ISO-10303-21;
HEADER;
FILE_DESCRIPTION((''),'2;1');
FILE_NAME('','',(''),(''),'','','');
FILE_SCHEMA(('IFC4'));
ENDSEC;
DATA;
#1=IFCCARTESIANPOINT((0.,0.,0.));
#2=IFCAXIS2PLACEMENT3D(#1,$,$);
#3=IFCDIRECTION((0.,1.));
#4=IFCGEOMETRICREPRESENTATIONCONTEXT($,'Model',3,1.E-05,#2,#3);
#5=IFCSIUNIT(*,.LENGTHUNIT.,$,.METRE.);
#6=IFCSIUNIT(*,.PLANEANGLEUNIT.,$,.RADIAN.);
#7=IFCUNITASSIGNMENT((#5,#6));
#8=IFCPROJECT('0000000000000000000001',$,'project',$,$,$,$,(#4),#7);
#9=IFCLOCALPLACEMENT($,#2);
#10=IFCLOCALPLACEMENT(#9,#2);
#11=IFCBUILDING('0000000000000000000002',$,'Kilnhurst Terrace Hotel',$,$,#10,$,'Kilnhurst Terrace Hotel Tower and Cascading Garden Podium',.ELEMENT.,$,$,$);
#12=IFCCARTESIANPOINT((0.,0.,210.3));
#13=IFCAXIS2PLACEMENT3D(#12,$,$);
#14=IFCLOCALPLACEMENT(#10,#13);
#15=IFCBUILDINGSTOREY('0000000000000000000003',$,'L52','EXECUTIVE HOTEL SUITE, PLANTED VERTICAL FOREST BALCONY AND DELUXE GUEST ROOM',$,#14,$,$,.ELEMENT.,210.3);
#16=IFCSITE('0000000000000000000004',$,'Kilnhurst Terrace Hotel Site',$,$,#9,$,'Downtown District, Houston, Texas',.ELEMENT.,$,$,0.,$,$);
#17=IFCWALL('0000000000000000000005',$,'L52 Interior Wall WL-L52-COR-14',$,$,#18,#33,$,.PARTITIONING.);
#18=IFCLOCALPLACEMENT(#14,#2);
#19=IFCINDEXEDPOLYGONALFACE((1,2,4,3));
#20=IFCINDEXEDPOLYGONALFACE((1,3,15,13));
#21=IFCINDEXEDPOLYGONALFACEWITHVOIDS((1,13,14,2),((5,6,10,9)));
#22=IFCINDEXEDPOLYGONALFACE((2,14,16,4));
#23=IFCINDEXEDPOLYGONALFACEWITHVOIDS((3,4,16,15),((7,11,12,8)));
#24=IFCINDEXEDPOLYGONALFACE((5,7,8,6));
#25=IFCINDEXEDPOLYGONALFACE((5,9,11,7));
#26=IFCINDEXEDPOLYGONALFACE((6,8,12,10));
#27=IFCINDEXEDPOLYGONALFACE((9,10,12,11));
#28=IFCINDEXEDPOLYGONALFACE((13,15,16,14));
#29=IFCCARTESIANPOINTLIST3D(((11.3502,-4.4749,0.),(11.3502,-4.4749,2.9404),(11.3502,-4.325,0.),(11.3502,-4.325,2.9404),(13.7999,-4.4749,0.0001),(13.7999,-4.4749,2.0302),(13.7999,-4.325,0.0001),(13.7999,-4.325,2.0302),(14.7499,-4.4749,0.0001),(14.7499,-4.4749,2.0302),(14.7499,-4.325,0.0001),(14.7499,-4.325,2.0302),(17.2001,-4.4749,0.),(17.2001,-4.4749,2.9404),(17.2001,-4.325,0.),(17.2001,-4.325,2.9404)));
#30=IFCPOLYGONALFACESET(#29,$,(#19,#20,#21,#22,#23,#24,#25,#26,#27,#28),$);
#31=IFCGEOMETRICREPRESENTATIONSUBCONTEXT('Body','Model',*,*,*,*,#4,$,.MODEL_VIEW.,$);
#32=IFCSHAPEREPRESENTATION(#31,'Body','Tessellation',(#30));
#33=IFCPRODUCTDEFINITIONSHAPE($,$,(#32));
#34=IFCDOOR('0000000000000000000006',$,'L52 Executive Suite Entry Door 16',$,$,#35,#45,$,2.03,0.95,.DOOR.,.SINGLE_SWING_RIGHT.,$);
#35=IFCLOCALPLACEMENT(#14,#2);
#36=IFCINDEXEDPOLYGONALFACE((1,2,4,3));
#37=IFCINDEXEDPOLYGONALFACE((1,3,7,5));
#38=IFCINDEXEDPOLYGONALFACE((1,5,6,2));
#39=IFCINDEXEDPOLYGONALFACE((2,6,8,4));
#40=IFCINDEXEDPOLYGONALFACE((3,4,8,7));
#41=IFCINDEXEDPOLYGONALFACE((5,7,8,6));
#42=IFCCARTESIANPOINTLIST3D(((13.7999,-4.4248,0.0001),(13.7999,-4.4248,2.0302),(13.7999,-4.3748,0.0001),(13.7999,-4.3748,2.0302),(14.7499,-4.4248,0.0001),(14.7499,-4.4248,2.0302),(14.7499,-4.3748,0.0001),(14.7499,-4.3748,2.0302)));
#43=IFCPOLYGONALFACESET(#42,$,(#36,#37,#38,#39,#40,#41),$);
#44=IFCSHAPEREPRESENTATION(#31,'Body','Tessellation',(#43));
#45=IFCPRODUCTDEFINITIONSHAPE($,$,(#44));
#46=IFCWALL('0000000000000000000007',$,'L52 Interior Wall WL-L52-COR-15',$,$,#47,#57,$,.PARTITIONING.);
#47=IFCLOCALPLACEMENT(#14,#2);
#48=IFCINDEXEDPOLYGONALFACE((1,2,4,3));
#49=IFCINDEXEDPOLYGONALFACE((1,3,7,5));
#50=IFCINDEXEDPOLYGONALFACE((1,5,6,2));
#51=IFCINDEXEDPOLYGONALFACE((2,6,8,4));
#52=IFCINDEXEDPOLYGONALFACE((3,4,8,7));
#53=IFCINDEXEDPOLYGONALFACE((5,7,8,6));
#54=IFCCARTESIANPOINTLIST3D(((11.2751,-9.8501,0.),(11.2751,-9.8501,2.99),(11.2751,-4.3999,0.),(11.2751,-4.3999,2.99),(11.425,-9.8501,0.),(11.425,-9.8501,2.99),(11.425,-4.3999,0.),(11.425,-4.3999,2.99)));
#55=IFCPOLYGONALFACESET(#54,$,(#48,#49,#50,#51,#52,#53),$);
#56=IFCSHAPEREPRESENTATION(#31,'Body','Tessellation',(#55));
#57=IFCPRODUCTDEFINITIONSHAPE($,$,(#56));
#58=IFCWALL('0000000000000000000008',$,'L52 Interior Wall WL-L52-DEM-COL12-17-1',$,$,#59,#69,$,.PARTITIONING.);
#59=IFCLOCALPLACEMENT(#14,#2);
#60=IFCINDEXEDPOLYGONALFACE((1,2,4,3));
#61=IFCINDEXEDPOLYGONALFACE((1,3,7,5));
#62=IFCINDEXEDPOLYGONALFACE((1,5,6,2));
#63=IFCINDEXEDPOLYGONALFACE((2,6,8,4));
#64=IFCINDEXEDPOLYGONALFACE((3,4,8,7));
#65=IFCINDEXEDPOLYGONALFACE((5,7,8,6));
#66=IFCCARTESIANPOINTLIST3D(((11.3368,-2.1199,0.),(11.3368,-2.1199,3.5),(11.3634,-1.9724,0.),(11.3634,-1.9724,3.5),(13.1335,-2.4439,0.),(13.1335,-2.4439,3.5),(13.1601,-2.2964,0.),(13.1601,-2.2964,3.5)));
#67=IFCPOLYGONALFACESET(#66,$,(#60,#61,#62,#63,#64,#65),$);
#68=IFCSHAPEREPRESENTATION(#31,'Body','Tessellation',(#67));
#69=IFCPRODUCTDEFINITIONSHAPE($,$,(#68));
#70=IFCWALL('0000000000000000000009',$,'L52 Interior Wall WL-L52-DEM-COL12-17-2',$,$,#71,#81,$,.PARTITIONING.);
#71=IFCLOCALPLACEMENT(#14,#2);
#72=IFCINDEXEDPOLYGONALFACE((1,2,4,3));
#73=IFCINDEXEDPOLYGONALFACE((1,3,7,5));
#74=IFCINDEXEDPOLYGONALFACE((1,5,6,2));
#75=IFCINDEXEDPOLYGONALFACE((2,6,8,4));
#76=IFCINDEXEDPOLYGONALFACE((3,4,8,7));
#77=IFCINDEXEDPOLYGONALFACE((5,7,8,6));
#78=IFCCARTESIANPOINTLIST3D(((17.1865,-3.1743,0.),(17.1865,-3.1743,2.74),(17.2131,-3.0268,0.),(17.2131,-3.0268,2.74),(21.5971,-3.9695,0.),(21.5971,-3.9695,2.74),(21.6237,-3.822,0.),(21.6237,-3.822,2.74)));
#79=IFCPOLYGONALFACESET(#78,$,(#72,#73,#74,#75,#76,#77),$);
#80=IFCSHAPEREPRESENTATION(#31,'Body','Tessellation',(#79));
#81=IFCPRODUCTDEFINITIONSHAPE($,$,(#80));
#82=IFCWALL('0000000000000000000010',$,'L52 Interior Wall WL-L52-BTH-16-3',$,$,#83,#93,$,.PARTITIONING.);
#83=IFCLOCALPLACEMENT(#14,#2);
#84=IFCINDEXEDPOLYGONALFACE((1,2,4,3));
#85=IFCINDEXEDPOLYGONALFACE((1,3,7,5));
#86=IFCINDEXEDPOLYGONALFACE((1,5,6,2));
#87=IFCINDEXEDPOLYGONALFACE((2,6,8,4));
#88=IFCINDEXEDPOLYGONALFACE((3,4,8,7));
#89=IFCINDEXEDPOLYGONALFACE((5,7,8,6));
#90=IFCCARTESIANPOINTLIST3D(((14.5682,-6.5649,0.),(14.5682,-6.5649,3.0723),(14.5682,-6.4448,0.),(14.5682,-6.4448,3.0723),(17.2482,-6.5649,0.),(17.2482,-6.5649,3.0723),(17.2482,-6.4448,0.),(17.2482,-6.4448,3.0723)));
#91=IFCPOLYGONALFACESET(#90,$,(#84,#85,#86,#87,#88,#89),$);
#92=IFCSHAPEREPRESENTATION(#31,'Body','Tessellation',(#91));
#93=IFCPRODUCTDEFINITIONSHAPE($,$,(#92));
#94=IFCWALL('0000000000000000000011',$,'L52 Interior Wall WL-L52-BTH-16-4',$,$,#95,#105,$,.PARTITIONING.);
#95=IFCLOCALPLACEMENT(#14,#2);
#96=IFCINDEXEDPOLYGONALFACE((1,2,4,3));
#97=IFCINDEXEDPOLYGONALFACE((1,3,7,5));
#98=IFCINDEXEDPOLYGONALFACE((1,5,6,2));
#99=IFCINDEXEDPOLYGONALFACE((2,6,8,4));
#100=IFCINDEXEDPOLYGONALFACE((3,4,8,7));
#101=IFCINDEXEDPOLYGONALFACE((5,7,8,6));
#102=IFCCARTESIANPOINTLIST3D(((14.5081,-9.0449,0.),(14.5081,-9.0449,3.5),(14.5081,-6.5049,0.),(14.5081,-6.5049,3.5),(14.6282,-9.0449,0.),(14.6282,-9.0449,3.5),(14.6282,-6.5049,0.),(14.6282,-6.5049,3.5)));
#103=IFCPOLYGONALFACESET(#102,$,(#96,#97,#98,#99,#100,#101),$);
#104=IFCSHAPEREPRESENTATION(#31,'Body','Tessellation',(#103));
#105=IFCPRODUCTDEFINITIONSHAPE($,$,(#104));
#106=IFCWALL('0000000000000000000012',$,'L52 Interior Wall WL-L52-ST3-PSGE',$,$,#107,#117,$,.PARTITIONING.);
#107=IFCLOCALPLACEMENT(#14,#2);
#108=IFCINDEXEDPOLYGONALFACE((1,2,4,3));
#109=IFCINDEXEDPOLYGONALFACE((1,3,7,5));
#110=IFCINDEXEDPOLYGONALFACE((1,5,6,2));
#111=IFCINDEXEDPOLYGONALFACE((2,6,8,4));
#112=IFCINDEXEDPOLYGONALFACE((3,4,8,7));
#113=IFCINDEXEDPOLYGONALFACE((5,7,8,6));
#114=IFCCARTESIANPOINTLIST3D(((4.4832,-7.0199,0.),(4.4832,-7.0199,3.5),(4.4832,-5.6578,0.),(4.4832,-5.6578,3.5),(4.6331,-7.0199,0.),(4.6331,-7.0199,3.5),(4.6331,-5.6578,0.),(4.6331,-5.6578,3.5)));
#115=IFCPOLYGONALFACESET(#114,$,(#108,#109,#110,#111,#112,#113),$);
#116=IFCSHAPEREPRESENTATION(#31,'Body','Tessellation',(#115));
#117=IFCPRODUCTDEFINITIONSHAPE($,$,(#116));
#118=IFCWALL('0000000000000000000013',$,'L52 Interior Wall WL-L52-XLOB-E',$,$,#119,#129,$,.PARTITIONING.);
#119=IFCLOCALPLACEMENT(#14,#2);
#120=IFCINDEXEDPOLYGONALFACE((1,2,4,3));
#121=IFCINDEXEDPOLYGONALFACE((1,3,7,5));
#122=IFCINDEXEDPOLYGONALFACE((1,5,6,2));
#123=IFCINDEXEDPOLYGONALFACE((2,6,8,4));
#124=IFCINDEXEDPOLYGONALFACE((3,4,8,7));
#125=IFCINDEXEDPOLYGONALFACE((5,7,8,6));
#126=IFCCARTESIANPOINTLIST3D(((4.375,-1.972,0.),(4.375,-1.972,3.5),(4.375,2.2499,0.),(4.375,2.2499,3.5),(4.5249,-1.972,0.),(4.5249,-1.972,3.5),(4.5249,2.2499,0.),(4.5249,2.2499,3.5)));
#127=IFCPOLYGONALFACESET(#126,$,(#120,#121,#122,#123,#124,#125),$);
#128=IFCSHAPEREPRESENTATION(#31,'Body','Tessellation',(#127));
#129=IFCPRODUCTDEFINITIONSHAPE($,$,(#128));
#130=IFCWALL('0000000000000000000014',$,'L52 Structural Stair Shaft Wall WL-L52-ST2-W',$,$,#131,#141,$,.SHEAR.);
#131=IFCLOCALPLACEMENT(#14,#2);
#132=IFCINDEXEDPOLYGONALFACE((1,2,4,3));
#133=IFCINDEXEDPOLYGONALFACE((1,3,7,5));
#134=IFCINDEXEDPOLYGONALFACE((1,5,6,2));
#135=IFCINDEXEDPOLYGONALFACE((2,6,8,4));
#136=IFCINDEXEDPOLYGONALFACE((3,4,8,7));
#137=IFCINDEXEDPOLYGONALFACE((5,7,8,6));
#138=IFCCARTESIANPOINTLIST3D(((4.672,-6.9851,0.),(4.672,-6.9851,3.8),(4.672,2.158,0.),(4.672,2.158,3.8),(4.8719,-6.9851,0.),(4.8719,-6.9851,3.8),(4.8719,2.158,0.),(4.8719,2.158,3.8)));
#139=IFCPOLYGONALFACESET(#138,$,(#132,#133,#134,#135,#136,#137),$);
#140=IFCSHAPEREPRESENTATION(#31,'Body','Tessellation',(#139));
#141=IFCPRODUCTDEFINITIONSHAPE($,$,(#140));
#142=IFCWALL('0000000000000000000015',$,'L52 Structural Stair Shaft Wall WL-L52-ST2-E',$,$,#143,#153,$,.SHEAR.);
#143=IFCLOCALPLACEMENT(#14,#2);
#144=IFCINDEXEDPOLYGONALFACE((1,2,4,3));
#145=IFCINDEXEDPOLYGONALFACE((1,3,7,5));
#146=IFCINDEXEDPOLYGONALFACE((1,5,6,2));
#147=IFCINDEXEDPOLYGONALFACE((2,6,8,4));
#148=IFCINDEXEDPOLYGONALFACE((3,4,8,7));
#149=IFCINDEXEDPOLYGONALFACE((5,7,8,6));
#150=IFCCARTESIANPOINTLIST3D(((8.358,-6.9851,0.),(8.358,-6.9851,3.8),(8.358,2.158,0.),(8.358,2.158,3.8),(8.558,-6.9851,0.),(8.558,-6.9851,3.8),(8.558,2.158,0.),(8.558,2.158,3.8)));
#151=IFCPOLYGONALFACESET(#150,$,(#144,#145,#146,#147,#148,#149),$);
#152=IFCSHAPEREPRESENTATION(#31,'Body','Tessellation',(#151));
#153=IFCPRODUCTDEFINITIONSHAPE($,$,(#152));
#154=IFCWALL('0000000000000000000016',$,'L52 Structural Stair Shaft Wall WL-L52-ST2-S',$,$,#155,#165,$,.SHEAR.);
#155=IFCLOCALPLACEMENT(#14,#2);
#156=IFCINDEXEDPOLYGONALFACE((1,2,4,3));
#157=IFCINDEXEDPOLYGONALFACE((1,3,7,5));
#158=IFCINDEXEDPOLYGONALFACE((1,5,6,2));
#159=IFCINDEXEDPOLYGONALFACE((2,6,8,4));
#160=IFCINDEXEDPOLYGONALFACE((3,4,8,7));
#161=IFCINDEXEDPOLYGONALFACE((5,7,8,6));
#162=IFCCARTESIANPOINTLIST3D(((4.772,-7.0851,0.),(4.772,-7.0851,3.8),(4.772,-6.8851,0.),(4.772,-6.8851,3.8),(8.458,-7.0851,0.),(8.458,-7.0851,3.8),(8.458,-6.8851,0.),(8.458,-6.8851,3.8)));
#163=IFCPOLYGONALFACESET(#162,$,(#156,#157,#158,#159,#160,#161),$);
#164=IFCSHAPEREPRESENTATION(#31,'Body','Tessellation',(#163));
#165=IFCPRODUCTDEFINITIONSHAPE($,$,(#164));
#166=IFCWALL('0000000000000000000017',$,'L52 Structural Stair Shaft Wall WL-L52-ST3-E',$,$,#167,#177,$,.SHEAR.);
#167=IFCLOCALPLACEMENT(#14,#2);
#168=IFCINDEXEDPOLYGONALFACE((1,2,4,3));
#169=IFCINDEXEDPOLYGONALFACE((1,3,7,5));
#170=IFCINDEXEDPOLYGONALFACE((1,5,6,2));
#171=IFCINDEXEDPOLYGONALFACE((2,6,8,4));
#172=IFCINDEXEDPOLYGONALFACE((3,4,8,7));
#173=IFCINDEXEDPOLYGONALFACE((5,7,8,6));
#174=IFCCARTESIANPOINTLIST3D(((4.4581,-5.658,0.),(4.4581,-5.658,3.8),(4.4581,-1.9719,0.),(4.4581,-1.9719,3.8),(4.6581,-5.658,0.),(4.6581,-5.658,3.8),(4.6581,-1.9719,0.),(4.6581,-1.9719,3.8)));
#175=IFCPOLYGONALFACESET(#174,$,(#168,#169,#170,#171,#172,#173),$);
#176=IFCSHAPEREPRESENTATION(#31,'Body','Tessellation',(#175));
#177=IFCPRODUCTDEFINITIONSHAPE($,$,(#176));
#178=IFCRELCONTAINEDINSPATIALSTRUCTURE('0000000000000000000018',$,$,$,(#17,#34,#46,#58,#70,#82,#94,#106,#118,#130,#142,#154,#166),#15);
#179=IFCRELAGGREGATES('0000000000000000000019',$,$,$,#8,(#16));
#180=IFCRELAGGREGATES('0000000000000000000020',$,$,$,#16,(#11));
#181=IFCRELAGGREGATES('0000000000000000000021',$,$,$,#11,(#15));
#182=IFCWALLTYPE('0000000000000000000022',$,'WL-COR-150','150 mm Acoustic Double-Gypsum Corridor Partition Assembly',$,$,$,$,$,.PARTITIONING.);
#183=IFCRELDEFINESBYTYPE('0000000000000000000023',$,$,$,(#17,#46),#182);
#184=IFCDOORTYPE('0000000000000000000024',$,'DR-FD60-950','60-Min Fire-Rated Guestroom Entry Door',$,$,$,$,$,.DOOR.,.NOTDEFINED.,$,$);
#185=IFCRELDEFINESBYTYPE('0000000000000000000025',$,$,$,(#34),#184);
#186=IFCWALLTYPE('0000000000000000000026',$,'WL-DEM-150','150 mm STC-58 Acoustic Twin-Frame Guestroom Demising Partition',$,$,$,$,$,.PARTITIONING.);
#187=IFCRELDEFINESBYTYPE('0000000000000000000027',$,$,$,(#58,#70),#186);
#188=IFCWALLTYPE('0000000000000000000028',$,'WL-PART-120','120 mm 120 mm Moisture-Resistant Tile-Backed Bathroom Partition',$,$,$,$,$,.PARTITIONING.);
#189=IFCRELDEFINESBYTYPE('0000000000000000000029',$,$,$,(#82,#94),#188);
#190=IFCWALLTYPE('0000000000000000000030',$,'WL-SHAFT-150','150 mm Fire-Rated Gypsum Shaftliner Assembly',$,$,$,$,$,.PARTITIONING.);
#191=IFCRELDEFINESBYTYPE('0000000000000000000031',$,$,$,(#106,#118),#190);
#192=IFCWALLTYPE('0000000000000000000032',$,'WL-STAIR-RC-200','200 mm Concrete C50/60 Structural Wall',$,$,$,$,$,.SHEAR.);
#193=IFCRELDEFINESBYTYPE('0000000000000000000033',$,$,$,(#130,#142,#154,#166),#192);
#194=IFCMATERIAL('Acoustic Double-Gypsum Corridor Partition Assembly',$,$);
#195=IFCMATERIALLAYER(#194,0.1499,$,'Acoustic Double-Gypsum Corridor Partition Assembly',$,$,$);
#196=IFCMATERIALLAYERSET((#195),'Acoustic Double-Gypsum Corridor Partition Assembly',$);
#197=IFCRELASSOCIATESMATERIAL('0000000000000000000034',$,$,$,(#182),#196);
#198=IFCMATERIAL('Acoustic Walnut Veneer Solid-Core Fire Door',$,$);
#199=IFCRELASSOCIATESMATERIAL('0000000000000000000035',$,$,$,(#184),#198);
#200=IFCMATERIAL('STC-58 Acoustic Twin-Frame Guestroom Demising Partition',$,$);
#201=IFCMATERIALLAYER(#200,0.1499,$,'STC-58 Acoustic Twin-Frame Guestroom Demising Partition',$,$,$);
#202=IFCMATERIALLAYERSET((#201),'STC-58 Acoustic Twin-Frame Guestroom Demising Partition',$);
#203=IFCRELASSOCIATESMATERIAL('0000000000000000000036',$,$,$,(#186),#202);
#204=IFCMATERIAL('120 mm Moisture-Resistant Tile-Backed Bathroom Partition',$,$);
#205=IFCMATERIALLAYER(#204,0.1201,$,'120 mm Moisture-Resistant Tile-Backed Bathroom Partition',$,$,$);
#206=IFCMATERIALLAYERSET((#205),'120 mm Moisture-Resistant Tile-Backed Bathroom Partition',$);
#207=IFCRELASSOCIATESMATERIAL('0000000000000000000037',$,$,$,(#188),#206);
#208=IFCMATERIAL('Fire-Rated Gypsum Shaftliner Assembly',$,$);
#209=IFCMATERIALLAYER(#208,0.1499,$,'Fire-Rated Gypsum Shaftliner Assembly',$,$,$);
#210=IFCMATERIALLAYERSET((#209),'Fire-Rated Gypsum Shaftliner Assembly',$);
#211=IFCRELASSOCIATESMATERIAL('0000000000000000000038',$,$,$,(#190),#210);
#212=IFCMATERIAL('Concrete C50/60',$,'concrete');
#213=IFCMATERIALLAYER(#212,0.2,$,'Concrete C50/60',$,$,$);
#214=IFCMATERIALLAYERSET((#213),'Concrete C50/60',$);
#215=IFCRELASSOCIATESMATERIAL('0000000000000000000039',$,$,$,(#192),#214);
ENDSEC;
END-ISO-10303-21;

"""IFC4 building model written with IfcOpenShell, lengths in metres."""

from ifc_helpers import new_model, si_unit, direction, frame, frame_2d, origin, place, context, subcontext, project, spatial, rectangle, extrude, material, layer, layer_set, type_object, element, fill, save


model = new_model("IFC4")

# Units and contexts
model_context = context("Model", 3, precision=1e-05, world=origin(), true_north=direction((0.0, 1.0)))
body_context = subcontext(model_context, "Body", "Model", "MODEL_VIEW")
ifc_project = project(units=[si_unit("LENGTHUNIT", "METRE"), si_unit("PLANEANGLEUNIT", "RADIAN")], contexts=[model_context])

# Site, building, storey
site_placement = place(None, origin())
site = spatial("IfcSite", under=ifc_project, at=site_placement, Name="Kilnhurst Terrace Hotel Site", LongName="Downtown District, Houston, Texas", CompositionType="ELEMENT", RefElevation=0.0)
building_placement = place(site_placement, origin())
building = spatial("IfcBuilding", under=site, at=building_placement, Name="Kilnhurst Terrace Hotel", LongName="Kilnhurst Terrace Hotel Tower and Cascading Garden Podium", CompositionType="ELEMENT")
storey_placement = place(building_placement, frame((0.0, 0.0, 210.3)))
storey = spatial("IfcBuildingStorey", under=building, at=storey_placement, Name="L52", Description="EXECUTIVE HOTEL SUITE, PLANTED VERTICAL FOREST BALCONY AND DELUXE GUEST ROOM", CompositionType="ELEMENT", Elevation=210.3)

# Shared definitions
ifc_material_1 = material(Name="Concrete C50/60", Category="concrete")

# Shared definitions
ifc_material_2 = material(Name="Acoustic Double-Gypsum Corridor Partition Assembly")
ifc_layer_1 = layer(ifc_material_2, 0.1499, Name="Acoustic Double-Gypsum Corridor Partition Assembly")
ifc_layer_set_1 = layer_set([ifc_layer_1], Name="Acoustic Double-Gypsum Corridor Partition Assembly")
wall_type_1 = type_object("IfcWallType", Name="WL-COR-150", Description="150 mm Acoustic Double-Gypsum Corridor Partition Assembly", PredefinedType="PARTITIONING", material=ifc_layer_set_1)

# Wall, opening, door
wall_1_placement = place(storey_placement, frame((17.2, -4.3999, 0.0), z_axis=(0.0, 0.0, 1.0), x_axis=(-1.0, 0.0, 0.0)))
wall_1 = element("IfcWall", 1, at=wall_1_placement, inside=storey, type_object=wall_type_1, Name="L52 Interior Wall WL-L52-COR-14", PredefinedType="PARTITIONING", context=body_context, shape_type="SweptSolid", body=[
    extrude(rectangle(XDim=5.8499, YDim=0.1499, at=frame_2d((2.9248, 0.0))), origin(), (0.0, 0.0, 1.0), 2.9404),
])
opening_1_placement = place(wall_1_placement, frame((2.45, 0.0, 0.0)))
opening_1 = element("IfcOpeningElement", 2, at=opening_1_placement, cuts=wall_1, PredefinedType="OPENING", context=body_context, shape_type="SweptSolid", body=[
    extrude(rectangle(XDim=0.95, YDim=2.03, at=frame_2d((0.4751, 1.0151))), frame((0.0, 0.085, 0.0), z_axis=(0.0, -1.0, 0.0), x_axis=(1.0, 0.0, 0.0)), (0.0, 0.0, 1.0), 0.1699),
])
ifc_material_3 = material(Name="Acoustic Walnut Veneer Solid-Core Fire Door")
door_type_1 = type_object("IfcDoorType", Name="DR-FD60-950", Description="60-Min Fire-Rated Guestroom Entry Door", OperationType="NOTDEFINED", PredefinedType="DOOR", material=ifc_material_3)
door_1_placement = place(opening_1_placement, origin())
door_1 = element("IfcDoor", 3, at=door_1_placement, inside=storey, type_object=door_type_1, Name="L52 Executive Suite Entry Door 16", OperationType="SINGLE_SWING_RIGHT", OverallHeight=2.03, OverallWidth=0.95, PredefinedType="DOOR", context=body_context, shape_type="SweptSolid", body=[
    extrude(rectangle(XDim=0.95, YDim=2.03, at=frame_2d((0.4751, 1.0151))), frame((0.0, 0.0249, 0.0), z_axis=(0.0, -1.0, 0.0), x_axis=(1.0, 0.0, 0.0)), (0.0, 0.0, 1.0), 0.05),
])
fill(opening_1, door_1)

# Wall
wall_2_placement = place(storey_placement, frame((11.3501, -4.3999, 0.0), z_axis=(0.0, 0.0, 1.0), x_axis=(0.0, -1.0, 0.0)))
element("IfcWall", 4, at=wall_2_placement, inside=storey, type_object=wall_type_1, Name="L52 Interior Wall WL-L52-COR-15", PredefinedType="PARTITIONING", context=body_context, shape_type="SweptSolid", body=[
    extrude(rectangle(XDim=5.4502, YDim=0.1499, at=frame_2d((2.7251, 0.0))), origin(), (0.0, 0.0, 1.0), 2.99),
])

# Walls
ifc_material_4 = material(Name="STC-58 Acoustic Twin-Frame Guestroom Demising Partition")
ifc_layer_2 = layer(ifc_material_4, 0.1499, Name="STC-58 Acoustic Twin-Frame Guestroom Demising Partition")
ifc_layer_set_2 = layer_set([ifc_layer_2], Name="STC-58 Acoustic Twin-Frame Guestroom Demising Partition")
wall_type_2 = type_object("IfcWallType", Name="WL-DEM-150", Description="150 mm STC-58 Acoustic Twin-Frame Guestroom Demising Partition", PredefinedType="PARTITIONING", material=ifc_layer_set_2)
wall_3_placement = place(storey_placement, frame((11.3501, -2.0461, 0.0), z_axis=(0.0, 0.0, 1.0), x_axis=(0.984128, -0.177461, 0.0)))
element("IfcWall", 5, at=wall_3_placement, inside=storey, type_object=wall_type_2, Name="L52 Interior Wall WL-L52-DEM-COL12-17-1", PredefinedType="PARTITIONING", context=body_context, shape_type="SweptSolid", body=[
    extrude(rectangle(XDim=1.8257, YDim=0.1499, at=frame_2d((0.9128, 0.0))), origin(), (0.0, 0.0, 1.0), 3.5),
])
wall_4_placement = place(storey_placement, frame((17.2, -3.1006, 0.0), z_axis=(0.0, 0.0, 1.0), x_axis=(0.984135, -0.177423, 0.0)))
element("IfcWall", 6, at=wall_4_placement, inside=storey, type_object=wall_type_2, Name="L52 Interior Wall WL-L52-DEM-COL12-17-2", PredefinedType="PARTITIONING", context=body_context, shape_type="SweptSolid", body=[
    extrude(rectangle(XDim=4.4817, YDim=0.1499, at=frame_2d((2.2407, 0.0))), origin(), (0.0, 0.0, 1.0), 2.74),
])
ifc_material_5 = material(Name="120 mm Moisture-Resistant Tile-Backed Bathroom Partition")
ifc_layer_3 = layer(ifc_material_5, 0.1201, Name="120 mm Moisture-Resistant Tile-Backed Bathroom Partition")
ifc_layer_set_3 = layer_set([ifc_layer_3], Name="120 mm Moisture-Resistant Tile-Backed Bathroom Partition")
wall_type_3 = type_object("IfcWallType", Name="WL-PART-120", Description="120 mm 120 mm Moisture-Resistant Tile-Backed Bathroom Partition", PredefinedType="PARTITIONING", material=ifc_layer_set_3)
wall_5_placement = place(storey_placement, frame((17.248, -6.5049, 0.0), z_axis=(0.0, 0.0, 1.0), x_axis=(-1.0, 0.0, 0.0)))
element("IfcWall", 7, at=wall_5_placement, inside=storey, type_object=wall_type_3, Name="L52 Interior Wall WL-L52-BTH-16-3", PredefinedType="PARTITIONING", context=body_context, shape_type="SweptSolid", body=[
    extrude(rectangle(XDim=2.6799, YDim=0.1201, at=frame_2d((1.3398, 0.0))), origin(), (0.0, 0.0, 1.0), 3.0723),
])
wall_6_placement = place(storey_placement, frame((14.5681, -6.5049, 0.0), z_axis=(0.0, 0.0, 1.0), x_axis=(0.0, -1.0, 0.0)))
element("IfcWall", 8, at=wall_6_placement, inside=storey, type_object=wall_type_3, Name="L52 Interior Wall WL-L52-BTH-16-4", PredefinedType="PARTITIONING", context=body_context, shape_type="SweptSolid", body=[
    extrude(rectangle(XDim=2.54, YDim=0.1201, at=frame_2d((1.27, 0.0))), origin(), (0.0, 0.0, 1.0), 3.5),
])
ifc_material_6 = material(Name="Fire-Rated Gypsum Shaftliner Assembly")
ifc_layer_4 = layer(ifc_material_6, 0.1499, Name="Fire-Rated Gypsum Shaftliner Assembly")
ifc_layer_set_4 = layer_set([ifc_layer_4], Name="Fire-Rated Gypsum Shaftliner Assembly")
wall_type_4 = type_object("IfcWallType", Name="WL-SHAFT-150", Description="150 mm Fire-Rated Gypsum Shaftliner Assembly", PredefinedType="PARTITIONING", material=ifc_layer_set_4)
wall_7_placement = place(storey_placement, frame((4.5581, -7.02, 0.0), z_axis=(0.0, 0.0, 1.0), x_axis=(0.0, 1.0, 0.0)))
element("IfcWall", 9, at=wall_7_placement, inside=storey, type_object=wall_type_4, Name="L52 Interior Wall WL-L52-ST3-PSGE", PredefinedType="PARTITIONING", context=body_context, shape_type="SweptSolid", body=[
    extrude(rectangle(XDim=1.3621, YDim=0.1499, at=frame_2d((0.6812, 0.0))), origin(), (0.0, 0.0, 1.0), 3.5),
])
wall_8_placement = place(storey_placement, frame((4.45, -1.9719, 0.0), z_axis=(0.0, 0.0, 1.0), x_axis=(0.0, 1.0, 0.0)))
element("IfcWall", 10, at=wall_8_placement, inside=storey, type_object=wall_type_4, Name="L52 Interior Wall WL-L52-XLOB-E", PredefinedType="PARTITIONING", context=body_context, shape_type="SweptSolid", body=[
    extrude(rectangle(XDim=4.2219, YDim=0.1499, at=frame_2d((2.1108, 0.0))), origin(), (0.0, 0.0, 1.0), 3.5),
])
ifc_layer_5 = layer(ifc_material_1, 0.2, Name="Concrete C50/60")
ifc_layer_set_5 = layer_set([ifc_layer_5], Name="Concrete C50/60")
wall_type_5 = type_object("IfcWallType", Name="WL-STAIR-RC-200", Description="200 mm Concrete C50/60 Structural Wall", PredefinedType="SHEAR", material=ifc_layer_set_5)
for number, where, z_axis, x_axis, name in (
    (11, (4.772, -6.9851, 0.0), (0.0, 0.0, 1.0), (0.0, 1.0, 0.0), "L52 Structural Stair Shaft Wall WL-L52-ST2-W"),
    (12, (8.458, -6.9851, 0.0), (0.0, 0.0, 1.0), (0.0, 1.0, 0.0), "L52 Structural Stair Shaft Wall WL-L52-ST2-E"),
):
    element("IfcWall", number, at=place(storey_placement, frame(where, z_axis=z_axis, x_axis=x_axis)), inside=storey, type_object=wall_type_5, Name=name, PredefinedType="SHEAR", context=body_context, shape_type="SweptSolid", body=[
        extrude(rectangle(XDim=9.1431, YDim=0.2, at=frame_2d((4.5715, 0.0))), origin(), (0.0, 0.0, 1.0), 3.8),
    ])
for number, where, z_axis, x_axis, name in (
    (13, (4.772, -6.9851, 0.0), (0.0, 0.0, 1.0), (1.0, 0.0, 0.0), "L52 Structural Stair Shaft Wall WL-L52-ST2-S"),
    (14, (4.5581, -5.658, 0.0), (0.0, 0.0, 1.0), (0.0, 1.0, 0.0), "L52 Structural Stair Shaft Wall WL-L52-ST3-E"),
):
    element("IfcWall", number, at=place(storey_placement, frame(where, z_axis=z_axis, x_axis=x_axis)), inside=storey, type_object=wall_type_5, Name=name, PredefinedType="SHEAR", context=body_context, shape_type="SweptSolid", body=[
        extrude(rectangle(XDim=3.686, YDim=0.2, at=frame_2d((1.843, 0.0))), origin(), (0.0, 0.0, 1.0), 3.8),
    ])

save(model, "model.ifc")
